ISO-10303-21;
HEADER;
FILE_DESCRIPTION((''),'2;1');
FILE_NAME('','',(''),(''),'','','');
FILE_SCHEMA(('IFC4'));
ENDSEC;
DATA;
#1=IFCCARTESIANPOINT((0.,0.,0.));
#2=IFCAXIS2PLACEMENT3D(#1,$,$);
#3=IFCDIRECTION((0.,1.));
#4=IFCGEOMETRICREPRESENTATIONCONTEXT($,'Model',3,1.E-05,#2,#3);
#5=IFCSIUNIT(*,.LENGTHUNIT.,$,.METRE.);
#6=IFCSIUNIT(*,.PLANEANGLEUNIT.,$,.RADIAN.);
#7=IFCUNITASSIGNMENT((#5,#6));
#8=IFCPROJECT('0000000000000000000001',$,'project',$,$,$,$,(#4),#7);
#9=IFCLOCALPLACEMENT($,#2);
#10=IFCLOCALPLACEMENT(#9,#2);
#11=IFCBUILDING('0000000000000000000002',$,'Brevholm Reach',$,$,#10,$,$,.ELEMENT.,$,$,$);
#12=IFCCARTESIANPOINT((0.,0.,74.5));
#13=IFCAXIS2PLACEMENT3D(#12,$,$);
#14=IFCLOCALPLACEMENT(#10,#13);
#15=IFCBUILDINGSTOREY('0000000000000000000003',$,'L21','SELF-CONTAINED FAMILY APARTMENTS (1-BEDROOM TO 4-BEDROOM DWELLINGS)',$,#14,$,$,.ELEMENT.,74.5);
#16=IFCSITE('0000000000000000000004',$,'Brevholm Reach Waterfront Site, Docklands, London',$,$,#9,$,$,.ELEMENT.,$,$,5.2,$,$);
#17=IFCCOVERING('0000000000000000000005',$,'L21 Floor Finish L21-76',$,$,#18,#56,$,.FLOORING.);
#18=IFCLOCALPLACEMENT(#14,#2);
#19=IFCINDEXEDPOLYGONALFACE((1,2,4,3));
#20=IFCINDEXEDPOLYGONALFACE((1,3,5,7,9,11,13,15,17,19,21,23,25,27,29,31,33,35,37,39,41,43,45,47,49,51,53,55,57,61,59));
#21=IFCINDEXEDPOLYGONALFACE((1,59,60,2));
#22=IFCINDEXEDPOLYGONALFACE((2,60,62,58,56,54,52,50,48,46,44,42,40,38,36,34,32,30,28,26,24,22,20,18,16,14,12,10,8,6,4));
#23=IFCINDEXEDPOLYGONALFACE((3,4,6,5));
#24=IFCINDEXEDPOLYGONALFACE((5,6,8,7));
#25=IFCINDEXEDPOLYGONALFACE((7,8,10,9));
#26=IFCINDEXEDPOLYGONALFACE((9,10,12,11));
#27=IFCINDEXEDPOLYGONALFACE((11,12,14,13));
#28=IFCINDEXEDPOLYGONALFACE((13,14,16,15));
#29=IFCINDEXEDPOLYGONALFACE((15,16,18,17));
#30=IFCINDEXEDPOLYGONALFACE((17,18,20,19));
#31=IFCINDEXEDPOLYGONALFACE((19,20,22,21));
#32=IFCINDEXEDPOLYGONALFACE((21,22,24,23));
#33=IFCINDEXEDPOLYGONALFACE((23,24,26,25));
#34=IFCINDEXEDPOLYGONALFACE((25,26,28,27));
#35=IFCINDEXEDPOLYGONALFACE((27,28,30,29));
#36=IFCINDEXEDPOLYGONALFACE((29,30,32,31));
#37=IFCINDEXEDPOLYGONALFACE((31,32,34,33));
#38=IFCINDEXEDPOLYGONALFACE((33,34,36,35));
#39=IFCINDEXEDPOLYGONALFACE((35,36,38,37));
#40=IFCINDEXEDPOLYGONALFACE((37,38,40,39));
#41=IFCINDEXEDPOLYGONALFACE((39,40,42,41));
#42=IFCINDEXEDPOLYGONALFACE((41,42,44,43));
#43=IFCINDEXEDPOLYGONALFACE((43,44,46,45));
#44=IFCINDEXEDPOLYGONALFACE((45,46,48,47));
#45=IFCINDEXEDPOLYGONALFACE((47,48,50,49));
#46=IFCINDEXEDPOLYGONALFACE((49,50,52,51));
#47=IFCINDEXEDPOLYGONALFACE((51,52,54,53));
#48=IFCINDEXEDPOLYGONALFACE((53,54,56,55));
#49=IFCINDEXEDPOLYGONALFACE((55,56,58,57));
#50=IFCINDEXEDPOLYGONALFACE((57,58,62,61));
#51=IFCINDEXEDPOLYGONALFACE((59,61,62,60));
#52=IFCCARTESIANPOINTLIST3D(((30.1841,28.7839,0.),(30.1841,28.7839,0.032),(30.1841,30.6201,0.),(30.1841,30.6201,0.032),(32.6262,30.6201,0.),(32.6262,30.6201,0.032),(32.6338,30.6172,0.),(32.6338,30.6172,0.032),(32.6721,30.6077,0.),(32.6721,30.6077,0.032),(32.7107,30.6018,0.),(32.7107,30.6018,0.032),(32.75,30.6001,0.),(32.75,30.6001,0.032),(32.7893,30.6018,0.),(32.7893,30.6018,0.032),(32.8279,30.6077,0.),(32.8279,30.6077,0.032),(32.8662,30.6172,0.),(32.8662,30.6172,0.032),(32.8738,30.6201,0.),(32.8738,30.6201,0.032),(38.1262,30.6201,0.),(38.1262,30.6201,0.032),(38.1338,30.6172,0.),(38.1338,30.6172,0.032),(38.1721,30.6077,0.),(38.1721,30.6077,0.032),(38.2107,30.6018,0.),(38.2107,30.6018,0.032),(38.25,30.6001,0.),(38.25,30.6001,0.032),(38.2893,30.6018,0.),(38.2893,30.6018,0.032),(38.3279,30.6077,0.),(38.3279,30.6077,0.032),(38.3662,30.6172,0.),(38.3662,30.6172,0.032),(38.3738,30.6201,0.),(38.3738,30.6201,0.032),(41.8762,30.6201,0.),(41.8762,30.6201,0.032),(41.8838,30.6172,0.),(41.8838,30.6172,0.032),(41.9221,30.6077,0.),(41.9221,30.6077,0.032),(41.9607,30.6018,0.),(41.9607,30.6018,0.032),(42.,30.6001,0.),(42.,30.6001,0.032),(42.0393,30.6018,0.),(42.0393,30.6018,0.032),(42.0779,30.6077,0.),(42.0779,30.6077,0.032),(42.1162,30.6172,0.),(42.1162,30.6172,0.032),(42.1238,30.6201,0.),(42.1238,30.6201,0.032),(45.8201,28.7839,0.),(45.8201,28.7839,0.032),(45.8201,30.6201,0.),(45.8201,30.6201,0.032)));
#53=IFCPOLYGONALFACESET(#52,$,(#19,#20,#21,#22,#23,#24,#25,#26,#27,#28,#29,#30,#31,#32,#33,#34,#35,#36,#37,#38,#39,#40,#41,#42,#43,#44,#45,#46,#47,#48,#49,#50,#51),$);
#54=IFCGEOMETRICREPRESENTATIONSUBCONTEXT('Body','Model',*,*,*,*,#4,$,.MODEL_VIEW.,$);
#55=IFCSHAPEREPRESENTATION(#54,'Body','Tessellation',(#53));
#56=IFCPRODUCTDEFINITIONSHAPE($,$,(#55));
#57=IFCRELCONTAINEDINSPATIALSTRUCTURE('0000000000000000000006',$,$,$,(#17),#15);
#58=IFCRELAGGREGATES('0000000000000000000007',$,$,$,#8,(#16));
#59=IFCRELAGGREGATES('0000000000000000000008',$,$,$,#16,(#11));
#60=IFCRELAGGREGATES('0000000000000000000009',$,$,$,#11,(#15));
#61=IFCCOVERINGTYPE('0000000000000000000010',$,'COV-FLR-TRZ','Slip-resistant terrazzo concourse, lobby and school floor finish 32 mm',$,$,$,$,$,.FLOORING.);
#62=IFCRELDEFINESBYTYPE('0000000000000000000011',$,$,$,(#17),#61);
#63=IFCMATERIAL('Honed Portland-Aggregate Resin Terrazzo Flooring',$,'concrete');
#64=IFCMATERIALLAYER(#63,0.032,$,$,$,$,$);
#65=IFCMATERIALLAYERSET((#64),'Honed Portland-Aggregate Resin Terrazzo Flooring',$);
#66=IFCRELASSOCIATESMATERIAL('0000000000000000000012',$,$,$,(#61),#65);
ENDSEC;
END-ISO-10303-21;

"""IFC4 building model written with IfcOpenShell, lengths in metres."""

from ifc_helpers import new_model, si_unit, direction, frame, origin, place, context, subcontext, project, spatial, polyline, outline, extrude, material, layer, layer_set, type_object, element, save


model = new_model("IFC4")

# Units and contexts
model_context = context("Model", 3, precision=1e-05, world=origin(), true_north=direction((0.0, 1.0)))
body_context = subcontext(model_context, "Body", "Model", "MODEL_VIEW")
ifc_project = project(units=[si_unit("LENGTHUNIT", "METRE"), si_unit("PLANEANGLEUNIT", "RADIAN")], contexts=[model_context])

# Site, building, storey
site_placement = place(None, origin())
site = spatial("IfcSite", under=ifc_project, at=site_placement, Name="Brevholm Reach Waterfront Site, Docklands, London", CompositionType="ELEMENT", RefElevation=5.2)
building_placement = place(site_placement, origin())
building = spatial("IfcBuilding", under=site, at=building_placement, Name="Brevholm Reach", CompositionType="ELEMENT")
storey_placement = place(building_placement, frame((0.0, 0.0, 74.5)))
storey = spatial("IfcBuildingStorey", under=building, at=storey_placement, Name="L21", Description="SELF-CONTAINED FAMILY APARTMENTS (1-BEDROOM TO 4-BEDROOM DWELLINGS)", CompositionType="ELEMENT", Elevation=74.5)

# Covering
ifc_material_1 = material(Name="Honed Portland-Aggregate Resin Terrazzo Flooring", Category="concrete")
ifc_layer_1 = layer(ifc_material_1, 0.032)
ifc_layer_set_1 = layer_set([ifc_layer_1], Name="Honed Portland-Aggregate Resin Terrazzo Flooring")
covering_type = type_object("IfcCoveringType", Name="COV-FLR-TRZ", Description="Slip-resistant terrazzo concourse, lobby and school floor finish 32 mm", PredefinedType="FLOORING", material=ifc_layer_set_1)
covering_placement = place(storey_placement, origin())
element("IfcCovering", 1, at=covering_placement, inside=storey, type_object=covering_type, Name="L21 Floor Finish L21-76", PredefinedType="FLOORING", context=body_context, shape_type="SweptSolid", body=[
    extrude(outline(polyline([(32.6262, 30.6201), (32.6338, 30.6172), (32.6721, 30.6077), (32.7107, 30.6018), (32.75, 30.6001), (32.7893, 30.6018), (32.8279, 30.6077), (32.8662, 30.6172), (32.8738, 30.6201), (38.1262, 30.6201), (38.1338, 30.6172), (38.1721, 30.6077), (38.2107, 30.6018), (38.25, 30.6001), (38.2893, 30.6018), (38.3279, 30.6077), (38.3662, 30.6172), (38.3738, 30.6201), (41.8762, 30.6201), (41.8838, 30.6172), (41.9221, 30.6077), (41.9607, 30.6018), (42.0, 30.6001), (42.0393, 30.6018), (42.0779, 30.6077), (42.1162, 30.6172), (42.1238, 30.6201), (45.8201, 30.6201), (45.8201, 28.7839), (30.1841, 28.7839), (30.1841, 30.6201), (32.6262, 30.6201)])), origin(), (0.0, 0.0, 1.0), 0.032),
])

save(model, "model.ifc")
